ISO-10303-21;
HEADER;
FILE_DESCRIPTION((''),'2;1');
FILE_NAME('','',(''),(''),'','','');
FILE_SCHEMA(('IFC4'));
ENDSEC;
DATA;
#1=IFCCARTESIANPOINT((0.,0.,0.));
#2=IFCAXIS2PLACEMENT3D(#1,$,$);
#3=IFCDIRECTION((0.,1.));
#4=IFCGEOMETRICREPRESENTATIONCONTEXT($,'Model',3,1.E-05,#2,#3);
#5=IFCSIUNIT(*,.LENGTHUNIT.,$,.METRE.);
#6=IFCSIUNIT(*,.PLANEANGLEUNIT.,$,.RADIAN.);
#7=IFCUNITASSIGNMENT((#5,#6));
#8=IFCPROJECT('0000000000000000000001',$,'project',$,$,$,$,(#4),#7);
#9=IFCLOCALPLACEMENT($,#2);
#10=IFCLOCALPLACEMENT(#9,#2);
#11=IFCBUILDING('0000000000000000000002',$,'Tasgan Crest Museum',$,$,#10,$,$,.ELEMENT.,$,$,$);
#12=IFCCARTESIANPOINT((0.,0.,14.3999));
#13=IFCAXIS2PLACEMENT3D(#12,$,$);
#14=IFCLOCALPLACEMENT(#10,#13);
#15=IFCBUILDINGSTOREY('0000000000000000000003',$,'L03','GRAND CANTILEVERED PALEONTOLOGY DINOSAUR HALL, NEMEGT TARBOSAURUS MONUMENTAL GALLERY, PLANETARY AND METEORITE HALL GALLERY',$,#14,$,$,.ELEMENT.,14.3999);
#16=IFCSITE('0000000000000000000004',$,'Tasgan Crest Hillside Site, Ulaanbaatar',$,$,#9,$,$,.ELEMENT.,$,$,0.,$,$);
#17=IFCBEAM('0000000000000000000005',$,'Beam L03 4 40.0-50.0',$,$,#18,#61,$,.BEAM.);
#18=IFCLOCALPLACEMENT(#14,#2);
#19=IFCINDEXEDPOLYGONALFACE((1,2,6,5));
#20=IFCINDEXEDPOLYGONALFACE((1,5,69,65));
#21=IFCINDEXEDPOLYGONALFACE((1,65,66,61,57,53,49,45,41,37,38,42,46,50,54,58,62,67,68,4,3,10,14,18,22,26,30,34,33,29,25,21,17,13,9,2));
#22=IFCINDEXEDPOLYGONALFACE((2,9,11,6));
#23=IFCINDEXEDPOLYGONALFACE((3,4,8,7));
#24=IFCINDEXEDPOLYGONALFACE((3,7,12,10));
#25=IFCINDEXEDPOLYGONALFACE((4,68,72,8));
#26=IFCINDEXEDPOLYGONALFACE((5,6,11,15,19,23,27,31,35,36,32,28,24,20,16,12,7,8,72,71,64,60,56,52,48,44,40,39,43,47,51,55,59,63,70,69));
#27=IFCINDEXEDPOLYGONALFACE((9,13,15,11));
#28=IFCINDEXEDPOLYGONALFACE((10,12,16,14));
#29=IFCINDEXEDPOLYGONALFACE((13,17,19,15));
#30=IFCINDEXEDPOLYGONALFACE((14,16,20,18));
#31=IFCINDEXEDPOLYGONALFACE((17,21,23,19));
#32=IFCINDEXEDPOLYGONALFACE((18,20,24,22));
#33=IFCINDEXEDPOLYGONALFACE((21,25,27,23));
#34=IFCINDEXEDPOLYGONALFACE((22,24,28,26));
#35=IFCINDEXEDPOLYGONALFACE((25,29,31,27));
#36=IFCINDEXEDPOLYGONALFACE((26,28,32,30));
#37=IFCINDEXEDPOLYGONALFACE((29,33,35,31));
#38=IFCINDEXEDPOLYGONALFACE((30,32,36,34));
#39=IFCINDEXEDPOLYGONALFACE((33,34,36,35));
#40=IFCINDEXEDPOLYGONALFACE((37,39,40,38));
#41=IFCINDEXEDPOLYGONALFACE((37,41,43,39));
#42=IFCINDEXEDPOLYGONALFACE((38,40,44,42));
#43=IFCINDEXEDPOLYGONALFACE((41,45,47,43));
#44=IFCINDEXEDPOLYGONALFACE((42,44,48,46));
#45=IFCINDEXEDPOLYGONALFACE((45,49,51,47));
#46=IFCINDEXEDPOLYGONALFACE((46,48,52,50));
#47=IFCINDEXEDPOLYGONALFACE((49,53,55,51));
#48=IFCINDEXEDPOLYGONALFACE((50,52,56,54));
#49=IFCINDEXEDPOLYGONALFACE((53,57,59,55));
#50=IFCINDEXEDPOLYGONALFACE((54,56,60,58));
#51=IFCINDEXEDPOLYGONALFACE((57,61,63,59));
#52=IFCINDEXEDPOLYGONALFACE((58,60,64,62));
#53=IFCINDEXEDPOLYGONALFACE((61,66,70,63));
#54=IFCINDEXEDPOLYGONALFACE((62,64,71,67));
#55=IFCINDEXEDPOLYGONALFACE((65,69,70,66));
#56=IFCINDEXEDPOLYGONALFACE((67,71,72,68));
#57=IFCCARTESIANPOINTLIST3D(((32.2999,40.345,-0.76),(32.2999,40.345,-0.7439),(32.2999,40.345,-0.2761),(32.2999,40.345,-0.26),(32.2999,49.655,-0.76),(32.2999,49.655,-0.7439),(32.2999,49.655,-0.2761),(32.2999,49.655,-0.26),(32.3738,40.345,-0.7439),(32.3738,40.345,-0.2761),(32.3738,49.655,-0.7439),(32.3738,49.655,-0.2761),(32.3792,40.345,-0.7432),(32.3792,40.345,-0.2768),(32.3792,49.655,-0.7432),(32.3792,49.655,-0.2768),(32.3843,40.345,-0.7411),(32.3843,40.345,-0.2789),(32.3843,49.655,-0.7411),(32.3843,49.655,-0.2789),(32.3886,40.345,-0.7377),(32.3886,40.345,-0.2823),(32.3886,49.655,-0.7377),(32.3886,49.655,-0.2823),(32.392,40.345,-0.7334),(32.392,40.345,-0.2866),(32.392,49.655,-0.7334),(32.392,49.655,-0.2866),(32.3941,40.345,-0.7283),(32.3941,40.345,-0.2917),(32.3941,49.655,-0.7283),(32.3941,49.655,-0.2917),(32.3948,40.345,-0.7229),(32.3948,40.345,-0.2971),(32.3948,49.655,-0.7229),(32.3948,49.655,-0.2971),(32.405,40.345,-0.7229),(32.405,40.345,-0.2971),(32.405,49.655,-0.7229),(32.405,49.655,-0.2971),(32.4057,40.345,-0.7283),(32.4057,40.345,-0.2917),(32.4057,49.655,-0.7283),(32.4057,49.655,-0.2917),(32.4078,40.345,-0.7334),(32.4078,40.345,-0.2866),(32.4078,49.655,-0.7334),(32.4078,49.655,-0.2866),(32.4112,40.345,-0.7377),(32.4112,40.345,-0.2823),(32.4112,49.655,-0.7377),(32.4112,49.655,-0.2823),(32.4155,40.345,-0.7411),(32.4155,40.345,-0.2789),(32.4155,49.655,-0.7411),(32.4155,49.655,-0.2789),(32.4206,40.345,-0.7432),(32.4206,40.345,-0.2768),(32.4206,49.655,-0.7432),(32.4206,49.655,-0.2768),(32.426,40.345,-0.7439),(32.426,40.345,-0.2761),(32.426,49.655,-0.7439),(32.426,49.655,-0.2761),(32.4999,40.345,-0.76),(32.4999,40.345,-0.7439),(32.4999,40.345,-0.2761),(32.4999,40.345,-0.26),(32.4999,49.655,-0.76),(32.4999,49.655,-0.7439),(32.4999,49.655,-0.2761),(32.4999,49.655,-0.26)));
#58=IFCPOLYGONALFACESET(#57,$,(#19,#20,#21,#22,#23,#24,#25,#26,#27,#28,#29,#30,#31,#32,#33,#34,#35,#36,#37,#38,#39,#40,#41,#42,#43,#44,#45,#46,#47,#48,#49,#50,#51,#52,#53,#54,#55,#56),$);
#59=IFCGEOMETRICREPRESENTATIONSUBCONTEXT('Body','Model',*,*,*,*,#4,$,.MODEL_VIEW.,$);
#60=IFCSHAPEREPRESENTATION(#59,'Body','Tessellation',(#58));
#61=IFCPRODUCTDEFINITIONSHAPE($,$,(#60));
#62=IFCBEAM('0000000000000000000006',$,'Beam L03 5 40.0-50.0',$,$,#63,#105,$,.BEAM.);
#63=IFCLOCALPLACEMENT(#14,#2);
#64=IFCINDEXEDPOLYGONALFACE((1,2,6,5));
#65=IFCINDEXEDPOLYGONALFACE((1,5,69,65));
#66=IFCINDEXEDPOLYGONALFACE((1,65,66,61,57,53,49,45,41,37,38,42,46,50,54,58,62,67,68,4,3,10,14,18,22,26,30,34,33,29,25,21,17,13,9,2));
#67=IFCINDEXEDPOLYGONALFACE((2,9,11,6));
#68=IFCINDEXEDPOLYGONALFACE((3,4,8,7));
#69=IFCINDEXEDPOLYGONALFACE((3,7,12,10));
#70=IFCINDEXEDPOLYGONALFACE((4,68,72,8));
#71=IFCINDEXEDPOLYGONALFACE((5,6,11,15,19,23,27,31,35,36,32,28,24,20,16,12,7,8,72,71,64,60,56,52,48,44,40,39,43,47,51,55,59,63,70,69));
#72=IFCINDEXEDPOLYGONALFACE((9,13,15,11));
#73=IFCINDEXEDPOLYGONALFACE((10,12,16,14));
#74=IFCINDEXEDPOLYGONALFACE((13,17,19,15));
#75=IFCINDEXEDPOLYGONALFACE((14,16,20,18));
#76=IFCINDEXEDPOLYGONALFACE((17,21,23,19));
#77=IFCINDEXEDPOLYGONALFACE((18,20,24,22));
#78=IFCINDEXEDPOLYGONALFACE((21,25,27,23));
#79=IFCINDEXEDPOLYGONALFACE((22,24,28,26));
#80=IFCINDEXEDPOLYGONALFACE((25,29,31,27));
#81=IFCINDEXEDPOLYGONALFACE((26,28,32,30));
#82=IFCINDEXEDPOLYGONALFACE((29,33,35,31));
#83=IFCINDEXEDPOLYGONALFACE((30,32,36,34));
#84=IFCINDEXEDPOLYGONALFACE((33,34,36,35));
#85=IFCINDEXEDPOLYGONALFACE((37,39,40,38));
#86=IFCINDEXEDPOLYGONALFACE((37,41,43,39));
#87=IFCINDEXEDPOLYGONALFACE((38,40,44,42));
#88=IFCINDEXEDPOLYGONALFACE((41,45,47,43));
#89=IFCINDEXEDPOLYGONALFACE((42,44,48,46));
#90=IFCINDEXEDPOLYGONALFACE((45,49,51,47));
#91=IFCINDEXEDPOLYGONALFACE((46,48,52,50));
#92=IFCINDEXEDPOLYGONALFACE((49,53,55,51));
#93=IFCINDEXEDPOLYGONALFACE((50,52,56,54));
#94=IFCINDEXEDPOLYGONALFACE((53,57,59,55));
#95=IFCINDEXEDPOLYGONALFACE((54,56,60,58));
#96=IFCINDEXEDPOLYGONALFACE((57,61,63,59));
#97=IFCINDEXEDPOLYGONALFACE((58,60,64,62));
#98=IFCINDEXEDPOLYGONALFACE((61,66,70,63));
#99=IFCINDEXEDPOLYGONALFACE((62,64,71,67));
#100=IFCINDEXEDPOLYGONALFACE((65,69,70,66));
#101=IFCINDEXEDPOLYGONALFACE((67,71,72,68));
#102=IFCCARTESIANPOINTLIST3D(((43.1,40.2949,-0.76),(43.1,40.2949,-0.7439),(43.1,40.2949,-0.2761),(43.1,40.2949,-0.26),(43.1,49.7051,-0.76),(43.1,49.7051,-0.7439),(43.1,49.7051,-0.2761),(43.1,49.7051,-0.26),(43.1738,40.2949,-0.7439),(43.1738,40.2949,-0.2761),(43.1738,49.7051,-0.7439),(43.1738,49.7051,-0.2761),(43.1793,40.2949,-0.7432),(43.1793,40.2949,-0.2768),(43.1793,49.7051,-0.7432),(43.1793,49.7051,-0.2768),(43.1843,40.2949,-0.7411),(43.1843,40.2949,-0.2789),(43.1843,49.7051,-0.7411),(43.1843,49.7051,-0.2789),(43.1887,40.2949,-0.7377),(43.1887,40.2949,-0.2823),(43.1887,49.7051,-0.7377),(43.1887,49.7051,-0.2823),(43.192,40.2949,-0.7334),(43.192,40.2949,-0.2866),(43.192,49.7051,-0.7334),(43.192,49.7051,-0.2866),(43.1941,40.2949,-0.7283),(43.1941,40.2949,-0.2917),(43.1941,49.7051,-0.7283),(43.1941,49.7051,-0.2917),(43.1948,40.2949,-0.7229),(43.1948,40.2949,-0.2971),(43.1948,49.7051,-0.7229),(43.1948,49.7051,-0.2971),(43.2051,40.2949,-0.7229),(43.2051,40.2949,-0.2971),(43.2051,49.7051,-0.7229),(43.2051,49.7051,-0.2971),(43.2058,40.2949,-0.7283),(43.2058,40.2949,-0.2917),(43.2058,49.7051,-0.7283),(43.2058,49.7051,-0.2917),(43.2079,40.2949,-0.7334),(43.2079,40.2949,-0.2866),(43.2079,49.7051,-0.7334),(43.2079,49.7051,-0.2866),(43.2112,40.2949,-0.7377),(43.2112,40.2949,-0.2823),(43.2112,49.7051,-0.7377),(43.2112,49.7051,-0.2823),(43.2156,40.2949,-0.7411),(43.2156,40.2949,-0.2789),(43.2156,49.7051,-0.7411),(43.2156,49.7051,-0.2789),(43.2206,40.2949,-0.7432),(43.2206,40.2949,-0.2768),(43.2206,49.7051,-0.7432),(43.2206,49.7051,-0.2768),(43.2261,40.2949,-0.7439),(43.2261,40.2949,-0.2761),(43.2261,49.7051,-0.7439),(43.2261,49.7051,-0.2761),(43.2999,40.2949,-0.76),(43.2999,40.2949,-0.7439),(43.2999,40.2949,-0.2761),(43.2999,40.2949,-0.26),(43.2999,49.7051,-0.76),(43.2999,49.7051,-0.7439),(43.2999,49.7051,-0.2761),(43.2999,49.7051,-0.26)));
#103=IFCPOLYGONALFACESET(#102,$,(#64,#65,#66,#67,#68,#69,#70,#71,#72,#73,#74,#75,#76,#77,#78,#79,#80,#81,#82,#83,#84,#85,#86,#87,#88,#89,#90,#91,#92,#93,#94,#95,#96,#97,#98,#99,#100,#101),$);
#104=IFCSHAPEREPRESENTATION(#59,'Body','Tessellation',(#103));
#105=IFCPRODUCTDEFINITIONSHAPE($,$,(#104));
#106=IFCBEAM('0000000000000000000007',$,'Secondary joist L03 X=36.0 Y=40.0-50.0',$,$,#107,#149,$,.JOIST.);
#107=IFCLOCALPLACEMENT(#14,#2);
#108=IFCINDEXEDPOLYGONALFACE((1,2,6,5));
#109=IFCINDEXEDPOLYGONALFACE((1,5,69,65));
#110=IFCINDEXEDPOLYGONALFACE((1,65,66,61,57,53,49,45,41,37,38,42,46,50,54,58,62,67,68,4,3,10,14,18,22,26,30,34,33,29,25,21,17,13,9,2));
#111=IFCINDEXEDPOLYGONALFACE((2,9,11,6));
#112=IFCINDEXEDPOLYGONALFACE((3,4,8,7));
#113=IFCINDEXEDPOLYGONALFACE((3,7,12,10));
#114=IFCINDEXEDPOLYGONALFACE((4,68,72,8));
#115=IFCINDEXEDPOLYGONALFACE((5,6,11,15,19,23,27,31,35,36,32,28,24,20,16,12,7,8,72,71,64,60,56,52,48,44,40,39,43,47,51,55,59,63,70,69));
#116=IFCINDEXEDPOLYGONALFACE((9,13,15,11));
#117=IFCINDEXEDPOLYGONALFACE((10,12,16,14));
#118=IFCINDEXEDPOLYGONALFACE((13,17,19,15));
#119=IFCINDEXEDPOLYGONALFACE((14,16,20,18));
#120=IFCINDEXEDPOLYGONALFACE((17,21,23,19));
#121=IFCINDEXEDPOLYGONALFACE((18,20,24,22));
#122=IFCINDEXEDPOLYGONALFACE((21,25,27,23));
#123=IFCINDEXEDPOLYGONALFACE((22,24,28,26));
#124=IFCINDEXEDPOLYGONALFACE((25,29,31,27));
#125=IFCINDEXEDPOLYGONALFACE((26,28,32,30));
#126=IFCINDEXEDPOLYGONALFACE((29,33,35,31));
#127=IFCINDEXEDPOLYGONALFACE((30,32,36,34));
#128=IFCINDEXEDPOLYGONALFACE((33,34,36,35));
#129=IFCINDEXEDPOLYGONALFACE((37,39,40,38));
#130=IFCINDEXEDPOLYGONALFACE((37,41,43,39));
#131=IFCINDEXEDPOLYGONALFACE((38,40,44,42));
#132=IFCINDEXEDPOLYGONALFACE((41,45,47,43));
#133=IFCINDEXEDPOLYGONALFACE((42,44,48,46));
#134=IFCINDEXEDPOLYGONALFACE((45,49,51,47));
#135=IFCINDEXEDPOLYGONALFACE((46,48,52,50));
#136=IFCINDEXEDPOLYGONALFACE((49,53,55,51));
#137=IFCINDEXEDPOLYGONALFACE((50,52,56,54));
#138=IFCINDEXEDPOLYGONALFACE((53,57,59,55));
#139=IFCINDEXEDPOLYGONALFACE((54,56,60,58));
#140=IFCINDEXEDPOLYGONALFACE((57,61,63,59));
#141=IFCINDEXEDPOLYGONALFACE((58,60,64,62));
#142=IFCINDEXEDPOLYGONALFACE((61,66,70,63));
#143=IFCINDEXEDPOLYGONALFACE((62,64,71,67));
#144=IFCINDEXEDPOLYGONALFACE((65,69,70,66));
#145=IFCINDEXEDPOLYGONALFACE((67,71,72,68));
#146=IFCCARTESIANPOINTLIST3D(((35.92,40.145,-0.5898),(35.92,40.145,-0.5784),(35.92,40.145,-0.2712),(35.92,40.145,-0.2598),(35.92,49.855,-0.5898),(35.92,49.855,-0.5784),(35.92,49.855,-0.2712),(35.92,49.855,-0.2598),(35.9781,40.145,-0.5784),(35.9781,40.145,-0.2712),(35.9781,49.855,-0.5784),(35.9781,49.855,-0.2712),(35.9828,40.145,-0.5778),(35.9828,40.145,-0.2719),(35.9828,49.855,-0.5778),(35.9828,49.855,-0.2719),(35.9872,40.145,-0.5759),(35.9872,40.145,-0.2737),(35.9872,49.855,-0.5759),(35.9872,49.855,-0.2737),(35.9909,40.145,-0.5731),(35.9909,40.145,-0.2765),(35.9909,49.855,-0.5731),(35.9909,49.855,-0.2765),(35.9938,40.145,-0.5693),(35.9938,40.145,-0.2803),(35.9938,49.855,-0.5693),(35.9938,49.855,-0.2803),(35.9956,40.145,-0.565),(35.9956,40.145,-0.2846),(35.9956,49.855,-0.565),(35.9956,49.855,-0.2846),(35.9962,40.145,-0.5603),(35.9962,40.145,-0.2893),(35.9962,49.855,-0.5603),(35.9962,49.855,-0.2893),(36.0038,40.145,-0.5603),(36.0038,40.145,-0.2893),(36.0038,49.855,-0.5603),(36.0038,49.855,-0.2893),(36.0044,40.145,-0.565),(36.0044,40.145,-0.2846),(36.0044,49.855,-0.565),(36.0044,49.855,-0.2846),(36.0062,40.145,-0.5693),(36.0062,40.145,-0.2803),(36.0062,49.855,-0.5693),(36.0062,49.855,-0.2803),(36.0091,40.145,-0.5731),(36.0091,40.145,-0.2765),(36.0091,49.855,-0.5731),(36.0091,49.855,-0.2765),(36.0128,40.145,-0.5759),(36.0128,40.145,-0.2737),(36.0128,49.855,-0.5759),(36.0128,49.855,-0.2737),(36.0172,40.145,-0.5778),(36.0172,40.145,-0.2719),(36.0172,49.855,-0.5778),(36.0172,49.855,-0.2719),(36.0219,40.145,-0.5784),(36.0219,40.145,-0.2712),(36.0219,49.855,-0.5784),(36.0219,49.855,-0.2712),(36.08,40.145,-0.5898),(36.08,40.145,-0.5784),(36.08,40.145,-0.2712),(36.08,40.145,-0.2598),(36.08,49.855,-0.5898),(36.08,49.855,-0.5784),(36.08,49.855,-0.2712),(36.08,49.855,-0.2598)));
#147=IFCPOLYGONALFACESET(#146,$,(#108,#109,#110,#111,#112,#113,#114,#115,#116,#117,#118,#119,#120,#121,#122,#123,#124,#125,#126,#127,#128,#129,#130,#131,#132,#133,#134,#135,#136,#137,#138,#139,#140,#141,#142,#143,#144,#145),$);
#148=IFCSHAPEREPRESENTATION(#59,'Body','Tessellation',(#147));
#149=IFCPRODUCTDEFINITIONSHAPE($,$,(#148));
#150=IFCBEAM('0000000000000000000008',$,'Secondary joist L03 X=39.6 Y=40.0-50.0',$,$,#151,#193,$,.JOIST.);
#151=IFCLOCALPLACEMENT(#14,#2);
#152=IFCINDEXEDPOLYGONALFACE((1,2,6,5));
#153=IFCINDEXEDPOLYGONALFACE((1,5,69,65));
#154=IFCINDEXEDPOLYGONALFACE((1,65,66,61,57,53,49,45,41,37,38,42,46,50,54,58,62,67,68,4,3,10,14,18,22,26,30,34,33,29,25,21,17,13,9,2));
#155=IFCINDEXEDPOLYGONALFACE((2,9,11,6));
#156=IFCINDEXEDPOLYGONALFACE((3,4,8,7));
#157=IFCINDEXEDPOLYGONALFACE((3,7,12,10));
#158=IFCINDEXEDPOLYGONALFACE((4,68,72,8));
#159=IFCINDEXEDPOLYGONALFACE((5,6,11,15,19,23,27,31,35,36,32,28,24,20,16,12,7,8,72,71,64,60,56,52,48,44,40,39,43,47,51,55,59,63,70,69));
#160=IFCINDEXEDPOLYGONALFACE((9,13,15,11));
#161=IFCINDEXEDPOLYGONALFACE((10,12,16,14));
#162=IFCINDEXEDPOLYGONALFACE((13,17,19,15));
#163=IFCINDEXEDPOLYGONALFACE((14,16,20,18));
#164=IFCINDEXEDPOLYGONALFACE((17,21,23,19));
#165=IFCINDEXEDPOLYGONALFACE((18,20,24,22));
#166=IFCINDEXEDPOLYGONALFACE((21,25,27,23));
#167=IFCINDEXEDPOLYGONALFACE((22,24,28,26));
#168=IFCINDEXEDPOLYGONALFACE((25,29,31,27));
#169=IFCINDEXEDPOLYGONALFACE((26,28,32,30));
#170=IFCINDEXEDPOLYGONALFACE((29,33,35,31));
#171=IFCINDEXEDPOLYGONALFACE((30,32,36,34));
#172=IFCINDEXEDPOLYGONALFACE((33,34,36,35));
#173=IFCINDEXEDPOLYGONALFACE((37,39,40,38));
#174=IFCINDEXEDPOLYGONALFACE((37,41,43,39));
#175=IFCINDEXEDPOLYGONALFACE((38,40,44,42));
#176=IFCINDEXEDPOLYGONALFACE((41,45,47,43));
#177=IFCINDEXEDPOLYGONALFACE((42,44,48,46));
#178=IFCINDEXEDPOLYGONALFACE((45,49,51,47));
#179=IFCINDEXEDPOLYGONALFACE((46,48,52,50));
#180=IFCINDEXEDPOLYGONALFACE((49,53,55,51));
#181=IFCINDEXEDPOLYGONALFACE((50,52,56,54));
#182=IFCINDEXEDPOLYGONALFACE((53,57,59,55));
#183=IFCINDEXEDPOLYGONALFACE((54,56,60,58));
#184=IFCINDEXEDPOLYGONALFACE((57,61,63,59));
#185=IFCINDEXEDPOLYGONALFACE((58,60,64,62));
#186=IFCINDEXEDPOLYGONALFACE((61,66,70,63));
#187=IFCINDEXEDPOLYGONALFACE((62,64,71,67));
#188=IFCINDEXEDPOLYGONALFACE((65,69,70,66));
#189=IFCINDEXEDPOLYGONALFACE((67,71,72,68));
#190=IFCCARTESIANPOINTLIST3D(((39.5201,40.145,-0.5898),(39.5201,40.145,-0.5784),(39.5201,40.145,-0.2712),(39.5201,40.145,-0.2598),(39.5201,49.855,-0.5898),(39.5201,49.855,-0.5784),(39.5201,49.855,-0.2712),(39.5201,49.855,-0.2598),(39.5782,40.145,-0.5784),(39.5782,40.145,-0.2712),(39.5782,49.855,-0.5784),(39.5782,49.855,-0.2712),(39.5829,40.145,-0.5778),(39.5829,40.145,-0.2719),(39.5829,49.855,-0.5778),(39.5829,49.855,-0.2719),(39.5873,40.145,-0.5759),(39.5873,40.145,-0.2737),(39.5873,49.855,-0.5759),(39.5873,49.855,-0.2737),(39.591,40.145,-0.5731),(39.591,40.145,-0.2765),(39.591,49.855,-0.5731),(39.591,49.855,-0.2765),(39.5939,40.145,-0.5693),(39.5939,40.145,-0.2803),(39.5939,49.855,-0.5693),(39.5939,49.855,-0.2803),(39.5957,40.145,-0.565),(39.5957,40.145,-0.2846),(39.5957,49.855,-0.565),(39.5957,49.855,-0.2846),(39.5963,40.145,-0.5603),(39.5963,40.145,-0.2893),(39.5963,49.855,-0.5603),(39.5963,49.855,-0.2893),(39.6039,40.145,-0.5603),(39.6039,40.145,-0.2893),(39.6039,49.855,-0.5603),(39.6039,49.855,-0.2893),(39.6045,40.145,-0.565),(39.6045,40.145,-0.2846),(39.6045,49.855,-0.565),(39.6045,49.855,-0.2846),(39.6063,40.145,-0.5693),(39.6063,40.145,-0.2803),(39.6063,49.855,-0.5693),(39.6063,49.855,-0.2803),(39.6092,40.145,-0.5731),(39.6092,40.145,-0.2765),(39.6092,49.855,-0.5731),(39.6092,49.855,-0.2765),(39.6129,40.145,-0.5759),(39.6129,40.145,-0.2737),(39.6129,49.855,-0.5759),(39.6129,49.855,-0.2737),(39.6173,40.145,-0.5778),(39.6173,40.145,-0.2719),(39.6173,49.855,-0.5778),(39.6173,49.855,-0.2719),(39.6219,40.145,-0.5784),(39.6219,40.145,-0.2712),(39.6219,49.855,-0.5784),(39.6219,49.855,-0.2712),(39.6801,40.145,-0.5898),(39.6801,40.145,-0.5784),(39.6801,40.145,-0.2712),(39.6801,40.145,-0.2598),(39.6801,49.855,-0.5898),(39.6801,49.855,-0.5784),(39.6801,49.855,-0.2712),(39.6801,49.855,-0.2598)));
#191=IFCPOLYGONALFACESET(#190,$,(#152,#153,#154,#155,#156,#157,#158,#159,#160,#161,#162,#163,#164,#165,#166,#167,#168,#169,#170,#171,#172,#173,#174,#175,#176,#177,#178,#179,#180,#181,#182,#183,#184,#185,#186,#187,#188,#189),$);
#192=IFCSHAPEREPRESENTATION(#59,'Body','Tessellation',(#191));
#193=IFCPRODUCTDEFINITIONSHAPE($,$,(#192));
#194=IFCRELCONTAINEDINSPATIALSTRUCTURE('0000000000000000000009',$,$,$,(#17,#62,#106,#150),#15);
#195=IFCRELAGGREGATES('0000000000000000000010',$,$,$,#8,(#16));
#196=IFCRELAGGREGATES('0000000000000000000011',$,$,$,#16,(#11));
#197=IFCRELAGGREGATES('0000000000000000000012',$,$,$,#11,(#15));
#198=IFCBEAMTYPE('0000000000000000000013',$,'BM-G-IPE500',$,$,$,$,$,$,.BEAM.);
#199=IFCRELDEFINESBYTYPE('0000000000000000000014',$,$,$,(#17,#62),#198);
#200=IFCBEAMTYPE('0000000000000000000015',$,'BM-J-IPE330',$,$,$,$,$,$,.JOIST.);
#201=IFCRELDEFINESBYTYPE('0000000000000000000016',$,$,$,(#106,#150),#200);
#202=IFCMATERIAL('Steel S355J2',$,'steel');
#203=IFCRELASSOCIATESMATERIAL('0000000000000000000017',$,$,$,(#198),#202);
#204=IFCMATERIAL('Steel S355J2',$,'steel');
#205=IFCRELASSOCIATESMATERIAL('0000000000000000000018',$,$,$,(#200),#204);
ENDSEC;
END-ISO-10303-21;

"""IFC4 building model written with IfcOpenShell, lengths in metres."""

from ifc_helpers import new_model, si_unit, direction, frame, origin, origin_2d, place, context, subcontext, project, spatial, i_section, extrude, material, material_profile, profile_set, type_object, element, save


model = new_model("IFC4")

# Units and contexts
model_context = context("Model", 3, precision=1e-05, world=origin(), true_north=direction((0.0, 1.0)))
body_context = subcontext(model_context, "Body", "Model", "MODEL_VIEW")
ifc_project = project(units=[si_unit("LENGTHUNIT", "METRE"), si_unit("PLANEANGLEUNIT", "RADIAN")], contexts=[model_context])

# Site, building, storey
site_placement = place(None, origin())
site = spatial("IfcSite", under=ifc_project, at=site_placement, Name="Tasgan Crest Hillside Site, Ulaanbaatar", CompositionType="ELEMENT", RefElevation=0.0)
building_placement = place(site_placement, origin())
building = spatial("IfcBuilding", under=site, at=building_placement, Name="Tasgan Crest Museum", CompositionType="ELEMENT")
storey_placement = place(building_placement, frame((0.0, 0.0, 14.3999)))
storey = spatial("IfcBuildingStorey", under=building, at=storey_placement, Name="L03", Description="GRAND CANTILEVERED PALEONTOLOGY DINOSAUR HALL, NEMEGT TARBOSAURUS MONUMENTAL GALLERY, PLANETARY AND METEORITE HALL GALLERY", CompositionType="ELEMENT", Elevation=14.3999)

# Beams
ifc_material_1 = material(Name="Steel S355J2", Category="steel")
ifc_material_profile_1 = material_profile(ifc_material_1, i_section(OverallWidth=0.2, OverallDepth=0.5, WebThickness=0.0103, FlangeThickness=0.0161, FilletRadius=0.021, at=origin_2d()), Name="IPE 500")
ifc_profile_set_1 = profile_set([ifc_material_profile_1], Name="Steel S355J2")
beam_type_1 = type_object("IfcBeamType", Name="BM-G-IPE500", PredefinedType="BEAM", material=ifc_profile_set_1)
beam_1_placement = place(storey_placement, frame((32.3999, 40.345, -0.51), z_axis=(0.0, 1.0, 0.0), x_axis=(-1.0, 0.0, 0.0)))
element("IfcBeam", 1, at=beam_1_placement, inside=storey, type_object=beam_type_1, Name="Beam L03 4 40.0-50.0", PredefinedType="BEAM", context=body_context, shape_type="SweptSolid", body=[
    extrude(i_section(OverallWidth=0.2, OverallDepth=0.5, WebThickness=0.0103, FlangeThickness=0.0161, FilletRadius=0.021, at=origin_2d()), origin(), (0.0, 0.0, 1.0), 9.3101),
])
beam_2_placement = place(storey_placement, frame((43.2, 40.2949, -0.51), z_axis=(0.0, 1.0, 0.0), x_axis=(-1.0, 0.0, 0.0)))
element("IfcBeam", 2, at=beam_2_placement, inside=storey, type_object=beam_type_1, Name="Beam L03 5 40.0-50.0", PredefinedType="BEAM", context=body_context, shape_type="SweptSolid", body=[
    extrude(i_section(OverallWidth=0.2, OverallDepth=0.5, WebThickness=0.0103, FlangeThickness=0.0161, FilletRadius=0.021, at=origin_2d()), origin(), (0.0, 0.0, 1.0), 9.4102),
])
ifc_material_2 = material(Name="Steel S355J2", Category="steel")
ifc_material_profile_2 = material_profile(ifc_material_2, i_section(OverallWidth=0.1599, OverallDepth=0.3301, WebThickness=0.0076, FlangeThickness=0.0115, FilletRadius=0.0181, at=origin_2d()), Name="IPE 330")
ifc_profile_set_2 = profile_set([ifc_material_profile_2], Name="Steel S355J2")
beam_type_2 = type_object("IfcBeamType", Name="BM-J-IPE330", PredefinedType="JOIST", material=ifc_profile_set_2)
for number, where, z_axis, x_axis, name in (
    (3, (36.0, 40.145, -0.4248), (0.0, 1.0, 0.0), (-1.0, 0.0, 0.0), "Secondary joist L03 X=36.0 Y=40.0-50.0"),
    (4, (39.6001, 40.145, -0.4248), (0.0, 1.0, 0.0), (-1.0, 0.0, 0.0), "Secondary joist L03 X=39.6 Y=40.0-50.0"),
):
    element("IfcBeam", number, at=place(storey_placement, frame(where, z_axis=z_axis, x_axis=x_axis)), inside=storey, type_object=beam_type_2, Name=name, PredefinedType="JOIST", context=body_context, shape_type="SweptSolid", body=[
        extrude(i_section(OverallWidth=0.1599, OverallDepth=0.3301, WebThickness=0.0076, FlangeThickness=0.0115, FilletRadius=0.0181, at=origin_2d()), origin(), (0.0, 0.0, 1.0), 9.71),
    ])

save(model, "model.ifc")
